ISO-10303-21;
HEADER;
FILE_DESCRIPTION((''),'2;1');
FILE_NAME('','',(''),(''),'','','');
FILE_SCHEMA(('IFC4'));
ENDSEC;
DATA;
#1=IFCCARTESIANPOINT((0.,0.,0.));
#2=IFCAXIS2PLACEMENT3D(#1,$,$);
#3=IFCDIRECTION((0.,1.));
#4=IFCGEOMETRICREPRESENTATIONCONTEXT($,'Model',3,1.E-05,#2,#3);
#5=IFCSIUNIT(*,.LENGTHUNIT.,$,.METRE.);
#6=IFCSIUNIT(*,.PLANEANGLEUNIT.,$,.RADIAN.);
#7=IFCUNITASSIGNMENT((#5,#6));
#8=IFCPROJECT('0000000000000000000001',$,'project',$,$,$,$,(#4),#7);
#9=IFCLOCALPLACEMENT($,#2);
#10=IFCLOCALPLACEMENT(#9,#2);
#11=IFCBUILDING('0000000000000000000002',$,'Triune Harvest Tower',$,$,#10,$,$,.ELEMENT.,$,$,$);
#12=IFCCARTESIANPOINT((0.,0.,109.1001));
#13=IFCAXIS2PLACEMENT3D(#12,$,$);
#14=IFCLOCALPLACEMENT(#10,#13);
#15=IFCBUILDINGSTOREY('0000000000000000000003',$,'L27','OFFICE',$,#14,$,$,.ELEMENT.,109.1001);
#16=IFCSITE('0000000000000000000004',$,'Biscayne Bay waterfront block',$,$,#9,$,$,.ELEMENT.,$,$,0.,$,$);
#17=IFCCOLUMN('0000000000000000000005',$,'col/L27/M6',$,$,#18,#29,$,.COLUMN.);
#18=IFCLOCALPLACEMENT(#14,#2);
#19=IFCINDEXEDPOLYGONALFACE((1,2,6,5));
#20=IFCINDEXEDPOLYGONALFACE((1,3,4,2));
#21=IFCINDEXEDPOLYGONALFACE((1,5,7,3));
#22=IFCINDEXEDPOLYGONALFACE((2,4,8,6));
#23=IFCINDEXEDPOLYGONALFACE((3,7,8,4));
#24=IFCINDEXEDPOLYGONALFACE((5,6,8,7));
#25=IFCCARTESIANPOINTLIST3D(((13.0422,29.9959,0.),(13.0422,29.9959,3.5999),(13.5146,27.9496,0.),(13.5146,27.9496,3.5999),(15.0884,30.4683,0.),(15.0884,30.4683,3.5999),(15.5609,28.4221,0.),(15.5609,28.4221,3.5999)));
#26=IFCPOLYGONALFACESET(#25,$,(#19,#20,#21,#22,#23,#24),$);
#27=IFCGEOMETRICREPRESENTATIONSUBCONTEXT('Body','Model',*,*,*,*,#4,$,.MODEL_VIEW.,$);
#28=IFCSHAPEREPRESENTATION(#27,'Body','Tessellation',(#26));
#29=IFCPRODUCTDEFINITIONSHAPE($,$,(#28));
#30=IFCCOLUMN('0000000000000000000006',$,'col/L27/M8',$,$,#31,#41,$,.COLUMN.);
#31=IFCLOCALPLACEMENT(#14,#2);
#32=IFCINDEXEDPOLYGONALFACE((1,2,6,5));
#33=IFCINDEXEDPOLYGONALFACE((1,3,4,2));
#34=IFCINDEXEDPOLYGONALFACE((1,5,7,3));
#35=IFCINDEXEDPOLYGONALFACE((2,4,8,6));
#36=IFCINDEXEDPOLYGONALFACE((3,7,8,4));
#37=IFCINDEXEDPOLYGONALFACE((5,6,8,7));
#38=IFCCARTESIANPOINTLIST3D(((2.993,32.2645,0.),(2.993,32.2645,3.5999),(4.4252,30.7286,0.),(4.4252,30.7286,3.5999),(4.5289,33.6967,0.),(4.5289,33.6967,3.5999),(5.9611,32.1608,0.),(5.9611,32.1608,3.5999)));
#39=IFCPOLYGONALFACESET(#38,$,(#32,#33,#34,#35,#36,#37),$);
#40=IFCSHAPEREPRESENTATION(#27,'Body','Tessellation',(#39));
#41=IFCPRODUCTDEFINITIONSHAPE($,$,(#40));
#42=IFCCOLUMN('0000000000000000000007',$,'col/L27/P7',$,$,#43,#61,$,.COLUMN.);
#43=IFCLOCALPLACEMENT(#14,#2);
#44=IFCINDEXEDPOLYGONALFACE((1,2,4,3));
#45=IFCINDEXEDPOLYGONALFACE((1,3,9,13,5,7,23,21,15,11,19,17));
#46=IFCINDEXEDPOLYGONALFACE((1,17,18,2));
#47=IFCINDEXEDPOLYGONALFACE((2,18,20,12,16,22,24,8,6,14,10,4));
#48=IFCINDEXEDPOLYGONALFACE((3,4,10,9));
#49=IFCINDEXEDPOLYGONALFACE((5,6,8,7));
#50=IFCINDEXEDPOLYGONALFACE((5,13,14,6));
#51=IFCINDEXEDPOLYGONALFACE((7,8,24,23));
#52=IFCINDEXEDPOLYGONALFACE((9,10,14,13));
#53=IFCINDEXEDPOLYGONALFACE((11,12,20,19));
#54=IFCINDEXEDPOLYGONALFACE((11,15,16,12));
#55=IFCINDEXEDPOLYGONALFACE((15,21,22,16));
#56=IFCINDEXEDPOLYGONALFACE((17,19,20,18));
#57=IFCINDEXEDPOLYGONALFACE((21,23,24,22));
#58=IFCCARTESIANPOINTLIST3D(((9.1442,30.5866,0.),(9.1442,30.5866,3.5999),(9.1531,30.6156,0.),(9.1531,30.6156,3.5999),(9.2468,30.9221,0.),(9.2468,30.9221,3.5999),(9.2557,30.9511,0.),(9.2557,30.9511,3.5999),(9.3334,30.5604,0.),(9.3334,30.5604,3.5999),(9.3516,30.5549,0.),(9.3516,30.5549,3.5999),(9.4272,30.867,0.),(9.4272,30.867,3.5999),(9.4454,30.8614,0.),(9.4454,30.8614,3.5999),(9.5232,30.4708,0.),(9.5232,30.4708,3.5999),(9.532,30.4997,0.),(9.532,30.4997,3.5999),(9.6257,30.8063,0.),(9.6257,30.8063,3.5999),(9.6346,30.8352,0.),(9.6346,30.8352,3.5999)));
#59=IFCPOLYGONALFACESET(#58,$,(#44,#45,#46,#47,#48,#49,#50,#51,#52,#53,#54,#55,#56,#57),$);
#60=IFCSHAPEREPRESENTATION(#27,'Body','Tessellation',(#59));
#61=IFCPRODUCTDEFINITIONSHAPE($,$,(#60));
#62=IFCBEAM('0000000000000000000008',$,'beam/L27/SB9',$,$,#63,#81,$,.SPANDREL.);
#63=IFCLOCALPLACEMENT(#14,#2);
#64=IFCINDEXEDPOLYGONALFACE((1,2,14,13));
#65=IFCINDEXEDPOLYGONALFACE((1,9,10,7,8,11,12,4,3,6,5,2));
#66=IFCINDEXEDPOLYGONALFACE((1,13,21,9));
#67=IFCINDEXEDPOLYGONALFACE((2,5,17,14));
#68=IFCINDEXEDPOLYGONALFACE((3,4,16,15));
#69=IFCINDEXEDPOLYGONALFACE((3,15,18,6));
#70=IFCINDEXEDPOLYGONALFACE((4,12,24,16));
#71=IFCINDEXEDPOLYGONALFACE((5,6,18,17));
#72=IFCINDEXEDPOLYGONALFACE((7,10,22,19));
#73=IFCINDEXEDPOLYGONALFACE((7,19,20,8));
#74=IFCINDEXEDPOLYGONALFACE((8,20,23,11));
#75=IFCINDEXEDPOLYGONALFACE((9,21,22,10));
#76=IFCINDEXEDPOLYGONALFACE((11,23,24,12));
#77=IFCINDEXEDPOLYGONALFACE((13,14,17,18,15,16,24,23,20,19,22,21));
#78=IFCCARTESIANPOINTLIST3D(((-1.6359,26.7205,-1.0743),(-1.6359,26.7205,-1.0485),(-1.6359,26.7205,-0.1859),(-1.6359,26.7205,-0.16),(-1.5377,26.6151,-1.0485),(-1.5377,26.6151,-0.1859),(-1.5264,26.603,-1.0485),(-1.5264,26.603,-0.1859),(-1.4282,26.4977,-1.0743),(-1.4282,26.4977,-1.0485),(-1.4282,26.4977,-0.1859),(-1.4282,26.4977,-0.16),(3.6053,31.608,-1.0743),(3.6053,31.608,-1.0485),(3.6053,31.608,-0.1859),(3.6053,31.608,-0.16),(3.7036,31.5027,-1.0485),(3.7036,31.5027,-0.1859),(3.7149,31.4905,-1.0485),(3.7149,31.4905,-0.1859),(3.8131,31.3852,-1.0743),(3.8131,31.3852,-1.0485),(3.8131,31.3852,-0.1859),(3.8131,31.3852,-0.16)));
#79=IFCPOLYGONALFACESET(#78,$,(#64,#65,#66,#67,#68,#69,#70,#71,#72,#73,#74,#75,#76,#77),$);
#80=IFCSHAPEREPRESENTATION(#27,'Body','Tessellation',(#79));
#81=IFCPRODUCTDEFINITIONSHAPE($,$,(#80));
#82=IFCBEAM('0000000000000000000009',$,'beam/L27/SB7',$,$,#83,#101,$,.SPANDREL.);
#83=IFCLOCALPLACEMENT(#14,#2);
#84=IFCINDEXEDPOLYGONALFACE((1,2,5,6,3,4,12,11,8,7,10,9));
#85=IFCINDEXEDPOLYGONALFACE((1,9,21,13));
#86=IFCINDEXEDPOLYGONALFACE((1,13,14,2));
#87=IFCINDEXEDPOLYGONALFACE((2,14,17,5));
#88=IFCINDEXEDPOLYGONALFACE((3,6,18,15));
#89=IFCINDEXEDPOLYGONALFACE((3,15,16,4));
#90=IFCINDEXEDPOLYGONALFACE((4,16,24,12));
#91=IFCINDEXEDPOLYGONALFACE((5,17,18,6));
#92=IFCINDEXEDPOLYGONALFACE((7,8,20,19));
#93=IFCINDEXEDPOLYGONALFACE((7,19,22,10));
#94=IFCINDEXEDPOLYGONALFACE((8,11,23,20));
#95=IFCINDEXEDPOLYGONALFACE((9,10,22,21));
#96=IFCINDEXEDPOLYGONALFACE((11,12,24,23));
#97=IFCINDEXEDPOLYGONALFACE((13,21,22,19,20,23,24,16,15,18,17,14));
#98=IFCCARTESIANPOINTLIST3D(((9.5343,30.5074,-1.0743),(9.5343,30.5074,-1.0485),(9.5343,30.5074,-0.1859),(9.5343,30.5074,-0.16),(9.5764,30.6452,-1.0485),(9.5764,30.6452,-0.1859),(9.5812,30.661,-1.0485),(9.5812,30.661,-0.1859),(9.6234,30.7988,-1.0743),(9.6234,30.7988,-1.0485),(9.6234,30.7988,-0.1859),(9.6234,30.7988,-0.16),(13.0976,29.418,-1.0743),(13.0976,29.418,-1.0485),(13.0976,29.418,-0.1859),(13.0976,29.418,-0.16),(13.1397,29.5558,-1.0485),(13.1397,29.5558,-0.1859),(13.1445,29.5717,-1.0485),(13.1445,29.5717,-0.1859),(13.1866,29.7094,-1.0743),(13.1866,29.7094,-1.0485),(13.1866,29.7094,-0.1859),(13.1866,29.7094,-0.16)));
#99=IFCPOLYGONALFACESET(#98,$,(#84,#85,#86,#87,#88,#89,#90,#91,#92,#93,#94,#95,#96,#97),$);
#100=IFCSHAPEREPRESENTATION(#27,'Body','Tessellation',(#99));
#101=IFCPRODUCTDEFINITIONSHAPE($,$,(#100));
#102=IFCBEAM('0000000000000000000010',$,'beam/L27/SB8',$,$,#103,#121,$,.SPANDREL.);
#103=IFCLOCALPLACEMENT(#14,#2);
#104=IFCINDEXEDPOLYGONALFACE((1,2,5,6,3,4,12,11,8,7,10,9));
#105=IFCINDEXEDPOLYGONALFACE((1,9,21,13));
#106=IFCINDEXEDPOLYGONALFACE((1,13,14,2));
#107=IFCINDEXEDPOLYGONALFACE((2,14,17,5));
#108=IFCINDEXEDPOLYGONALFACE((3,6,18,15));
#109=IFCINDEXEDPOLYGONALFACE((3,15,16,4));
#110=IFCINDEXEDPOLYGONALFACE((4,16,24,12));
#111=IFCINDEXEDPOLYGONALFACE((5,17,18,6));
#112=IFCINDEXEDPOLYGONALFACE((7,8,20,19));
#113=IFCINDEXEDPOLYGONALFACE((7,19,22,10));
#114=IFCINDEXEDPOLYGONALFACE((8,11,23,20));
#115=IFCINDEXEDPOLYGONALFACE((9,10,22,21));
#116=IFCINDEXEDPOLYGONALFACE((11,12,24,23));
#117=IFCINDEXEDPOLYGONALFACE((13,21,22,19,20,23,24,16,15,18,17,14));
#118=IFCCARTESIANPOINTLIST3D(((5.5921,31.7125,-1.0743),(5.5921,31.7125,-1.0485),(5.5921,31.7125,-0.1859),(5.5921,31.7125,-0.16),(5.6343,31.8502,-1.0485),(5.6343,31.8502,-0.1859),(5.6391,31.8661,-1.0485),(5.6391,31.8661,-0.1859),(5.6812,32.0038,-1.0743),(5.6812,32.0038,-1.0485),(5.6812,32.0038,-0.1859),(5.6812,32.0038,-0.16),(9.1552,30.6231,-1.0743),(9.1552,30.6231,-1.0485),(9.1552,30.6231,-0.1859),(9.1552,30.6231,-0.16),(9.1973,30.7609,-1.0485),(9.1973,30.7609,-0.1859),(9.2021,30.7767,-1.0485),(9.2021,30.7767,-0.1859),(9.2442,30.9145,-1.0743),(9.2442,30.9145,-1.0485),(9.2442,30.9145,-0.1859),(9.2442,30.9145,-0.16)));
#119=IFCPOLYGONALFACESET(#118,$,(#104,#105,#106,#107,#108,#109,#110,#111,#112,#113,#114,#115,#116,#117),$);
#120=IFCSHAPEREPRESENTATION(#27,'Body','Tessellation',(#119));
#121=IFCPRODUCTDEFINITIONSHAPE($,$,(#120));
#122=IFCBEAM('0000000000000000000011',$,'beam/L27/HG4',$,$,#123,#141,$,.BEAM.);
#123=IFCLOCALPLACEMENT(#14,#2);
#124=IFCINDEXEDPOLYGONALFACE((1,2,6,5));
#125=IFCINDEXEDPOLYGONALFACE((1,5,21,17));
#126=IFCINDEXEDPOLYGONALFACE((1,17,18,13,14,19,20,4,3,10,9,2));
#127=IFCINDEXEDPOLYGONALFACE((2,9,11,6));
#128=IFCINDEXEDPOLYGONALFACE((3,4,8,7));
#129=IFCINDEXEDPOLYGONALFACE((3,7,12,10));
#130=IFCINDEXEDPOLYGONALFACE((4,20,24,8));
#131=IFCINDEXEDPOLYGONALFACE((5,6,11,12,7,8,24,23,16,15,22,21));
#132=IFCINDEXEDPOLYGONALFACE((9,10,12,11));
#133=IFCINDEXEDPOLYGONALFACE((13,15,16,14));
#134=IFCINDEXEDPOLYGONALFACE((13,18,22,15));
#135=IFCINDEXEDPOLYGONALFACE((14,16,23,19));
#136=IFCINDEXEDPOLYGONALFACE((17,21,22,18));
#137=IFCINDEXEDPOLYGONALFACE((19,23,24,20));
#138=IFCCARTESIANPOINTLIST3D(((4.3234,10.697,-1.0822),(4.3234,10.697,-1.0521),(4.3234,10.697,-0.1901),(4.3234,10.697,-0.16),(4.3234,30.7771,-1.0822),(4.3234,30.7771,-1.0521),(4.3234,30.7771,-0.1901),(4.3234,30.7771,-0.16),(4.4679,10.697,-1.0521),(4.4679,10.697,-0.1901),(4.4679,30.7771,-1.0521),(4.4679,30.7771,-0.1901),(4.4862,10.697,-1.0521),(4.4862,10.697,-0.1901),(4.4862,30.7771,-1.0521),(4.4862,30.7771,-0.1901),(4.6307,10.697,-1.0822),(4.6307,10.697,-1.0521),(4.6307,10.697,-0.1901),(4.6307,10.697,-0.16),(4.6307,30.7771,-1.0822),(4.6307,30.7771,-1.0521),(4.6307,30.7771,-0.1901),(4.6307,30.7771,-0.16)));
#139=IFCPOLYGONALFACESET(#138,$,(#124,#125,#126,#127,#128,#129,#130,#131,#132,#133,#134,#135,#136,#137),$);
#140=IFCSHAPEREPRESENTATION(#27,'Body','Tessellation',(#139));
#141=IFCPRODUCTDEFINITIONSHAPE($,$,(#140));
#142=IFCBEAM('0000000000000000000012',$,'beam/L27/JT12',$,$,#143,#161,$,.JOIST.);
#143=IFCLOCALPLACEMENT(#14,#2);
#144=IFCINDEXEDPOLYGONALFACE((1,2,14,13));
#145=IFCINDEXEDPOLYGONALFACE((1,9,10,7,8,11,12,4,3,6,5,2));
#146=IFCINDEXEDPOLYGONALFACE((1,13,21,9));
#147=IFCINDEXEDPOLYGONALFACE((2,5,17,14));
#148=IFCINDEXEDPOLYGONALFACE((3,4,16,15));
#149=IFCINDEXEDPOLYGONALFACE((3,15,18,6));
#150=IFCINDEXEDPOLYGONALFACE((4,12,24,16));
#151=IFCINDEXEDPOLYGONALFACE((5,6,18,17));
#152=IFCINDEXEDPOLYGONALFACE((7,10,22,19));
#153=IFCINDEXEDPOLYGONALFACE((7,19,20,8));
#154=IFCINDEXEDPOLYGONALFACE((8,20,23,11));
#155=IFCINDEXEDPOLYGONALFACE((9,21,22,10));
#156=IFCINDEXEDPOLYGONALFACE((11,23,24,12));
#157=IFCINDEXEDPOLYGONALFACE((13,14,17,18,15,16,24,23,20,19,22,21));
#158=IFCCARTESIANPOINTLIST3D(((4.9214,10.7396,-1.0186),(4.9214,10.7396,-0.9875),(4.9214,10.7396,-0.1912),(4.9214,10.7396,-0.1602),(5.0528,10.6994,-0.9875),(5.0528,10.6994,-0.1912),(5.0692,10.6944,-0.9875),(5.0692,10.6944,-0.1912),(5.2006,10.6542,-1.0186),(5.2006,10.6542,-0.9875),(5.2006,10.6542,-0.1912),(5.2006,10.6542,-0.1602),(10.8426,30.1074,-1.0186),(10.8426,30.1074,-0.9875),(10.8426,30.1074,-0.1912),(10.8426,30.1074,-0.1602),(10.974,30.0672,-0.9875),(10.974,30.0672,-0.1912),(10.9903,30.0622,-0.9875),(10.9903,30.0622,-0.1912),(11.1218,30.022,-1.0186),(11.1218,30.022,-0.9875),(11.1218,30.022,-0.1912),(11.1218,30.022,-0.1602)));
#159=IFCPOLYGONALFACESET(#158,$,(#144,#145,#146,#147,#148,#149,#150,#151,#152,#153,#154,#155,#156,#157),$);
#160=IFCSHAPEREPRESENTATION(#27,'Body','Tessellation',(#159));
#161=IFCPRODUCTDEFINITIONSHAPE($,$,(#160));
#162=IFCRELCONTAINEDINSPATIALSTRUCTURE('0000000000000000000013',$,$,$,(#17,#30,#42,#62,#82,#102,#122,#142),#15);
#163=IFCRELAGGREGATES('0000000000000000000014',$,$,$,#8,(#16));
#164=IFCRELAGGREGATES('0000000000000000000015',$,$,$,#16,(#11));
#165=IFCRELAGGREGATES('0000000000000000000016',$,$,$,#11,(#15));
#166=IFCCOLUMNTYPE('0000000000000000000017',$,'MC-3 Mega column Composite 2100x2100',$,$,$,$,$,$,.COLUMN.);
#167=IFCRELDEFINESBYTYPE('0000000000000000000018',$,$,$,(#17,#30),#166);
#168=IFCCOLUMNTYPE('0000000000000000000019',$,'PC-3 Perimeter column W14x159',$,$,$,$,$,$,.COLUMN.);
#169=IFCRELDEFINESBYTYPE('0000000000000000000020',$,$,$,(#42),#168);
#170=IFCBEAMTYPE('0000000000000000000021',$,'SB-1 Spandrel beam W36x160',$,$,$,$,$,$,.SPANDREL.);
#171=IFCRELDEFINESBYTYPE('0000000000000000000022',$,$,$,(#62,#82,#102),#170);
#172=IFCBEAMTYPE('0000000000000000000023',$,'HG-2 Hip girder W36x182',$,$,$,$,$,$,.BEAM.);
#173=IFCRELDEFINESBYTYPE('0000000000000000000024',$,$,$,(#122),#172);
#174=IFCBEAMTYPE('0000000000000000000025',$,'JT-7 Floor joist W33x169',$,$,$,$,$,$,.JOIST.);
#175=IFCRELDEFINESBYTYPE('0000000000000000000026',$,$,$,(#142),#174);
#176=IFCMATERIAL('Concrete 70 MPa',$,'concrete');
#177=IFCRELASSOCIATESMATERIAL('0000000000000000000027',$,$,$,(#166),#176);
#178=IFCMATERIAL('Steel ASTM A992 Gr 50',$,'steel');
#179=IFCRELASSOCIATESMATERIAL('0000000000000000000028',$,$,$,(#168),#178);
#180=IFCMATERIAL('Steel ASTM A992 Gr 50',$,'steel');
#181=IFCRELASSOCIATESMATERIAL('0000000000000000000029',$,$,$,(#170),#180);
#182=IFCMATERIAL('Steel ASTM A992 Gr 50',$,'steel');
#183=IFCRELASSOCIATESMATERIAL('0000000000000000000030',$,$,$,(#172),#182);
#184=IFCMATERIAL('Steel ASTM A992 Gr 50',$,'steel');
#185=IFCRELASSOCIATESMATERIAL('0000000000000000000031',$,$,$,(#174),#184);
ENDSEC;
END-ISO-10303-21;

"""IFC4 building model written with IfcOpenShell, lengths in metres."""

from ifc_helpers import new_model, si_unit, direction, frame, origin, origin_2d, place, context, subcontext, project, spatial, rectangle, i_section, extrude, source, transform, mapped, material, material_profile, profile_set, type_object, element, save


model = new_model("IFC4")

# Units and contexts
model_context = context("Model", 3, precision=1e-05, world=origin(), true_north=direction((0.0, 1.0)))
body_context = subcontext(model_context, "Body", "Model", "MODEL_VIEW")
ifc_project = project(units=[si_unit("LENGTHUNIT", "METRE"), si_unit("PLANEANGLEUNIT", "RADIAN")], contexts=[model_context])

# Site, building, storey
site_placement = place(None, origin())
site = spatial("IfcSite", under=ifc_project, at=site_placement, Name="Biscayne Bay waterfront block", CompositionType="ELEMENT", RefElevation=0.0)
building_placement = place(site_placement, origin())
building = spatial("IfcBuilding", under=site, at=building_placement, Name="Triune Harvest Tower", CompositionType="ELEMENT")
storey_placement = place(building_placement, frame((0.0, 0.0, 109.1001)))
storey = spatial("IfcBuildingStorey", under=building, at=storey_placement, Name="L27", Description="OFFICE", CompositionType="ELEMENT", Elevation=109.1001)

# Columns
ifc_material_1 = material(Name="Concrete 70 MPa", Category="concrete")
ifc_material_profile_1 = material_profile(ifc_material_1, rectangle(XDim=2.1001, YDim=2.1001, at=origin_2d()), Name="Composite 2100x2100")
ifc_profile_set_1 = profile_set([ifc_material_profile_1], Name="Concrete 70 MPa")
column_type_1 = type_object("IfcColumnType", Name="MC-3 Mega column Composite 2100x2100", PredefinedType="COLUMN", material=ifc_profile_set_1)
shared_shape_1 = source(origin(), body_context, "Body", "SweptSolid", [
    extrude(rectangle(XDim=2.1001, YDim=2.1001, at=origin_2d()), origin(), (0.0, 0.0, 1.0), 3.5999),
])
for number, where, z_axis, x_axis, name in (
    (1, (14.3015, 29.209, 0.0), (0.0, 0.0, 1.0), (-0.224953, 0.97437, 0.0), "col/L27/M6"),
    (2, (4.4771, 32.2126, 0.0), (0.0, 0.0, 1.0), (-0.731355, -0.681997, 0.0), "col/L27/M8"),
):
    element("IfcColumn", number, at=place(storey_placement, frame(where, z_axis=z_axis, x_axis=x_axis)), inside=storey, type_object=column_type_1, Name=name, PredefinedType="COLUMN", context=body_context, shape_type="MappedRepresentation", body=[
        mapped(shared_shape_1, transform((0.0, 0.0, 0.0), scale=1.0)),
    ])
ifc_material_2 = material(Name="Steel ASTM A992 Gr 50", Category="steel")
ifc_material_profile_2 = material_profile(ifc_material_2, i_section(OverallWidth=0.3962, OverallDepth=0.3811, WebThickness=0.019, FlangeThickness=0.0303, at=origin_2d()), Name="W14x159")
ifc_profile_set_2 = profile_set([ifc_material_profile_2], Name="Steel ASTM A992 Gr 50")
column_type_2 = type_object("IfcColumnType", Name="PC-3 Perimeter column W14x159", PredefinedType="COLUMN", material=ifc_profile_set_2)
shared_shape_2 = source(origin(), body_context, "Body", "SweptSolid", [
    extrude(i_section(OverallWidth=0.3962, OverallDepth=0.3811, WebThickness=0.019, FlangeThickness=0.0303, at=origin_2d()), origin(), (0.0, 0.0, 1.0), 3.5999),
])
column_placement = place(storey_placement, frame((9.3894, 30.7109, 0.0), z_axis=(0.0, 0.0, 1.0), x_axis=(-0.956305, 0.292372, 0.0)))
element("IfcColumn", 3, at=column_placement, inside=storey, type_object=column_type_2, Name="col/L27/P7", PredefinedType="COLUMN", context=body_context, shape_type="MappedRepresentation", body=[
    mapped(shared_shape_2, transform((0.0, 0.0, 0.0), scale=1.0)),
])

# Beams
ifc_material_3 = material(Name="Steel ASTM A992 Gr 50", Category="steel")
ifc_material_profile_3 = material_profile(ifc_material_3, i_section(OverallWidth=0.3047, OverallDepth=0.9143, WebThickness=0.0166, FlangeThickness=0.0259, at=origin_2d()), Name="W36x160")
ifc_profile_set_3 = profile_set([ifc_material_profile_3], Name="Steel ASTM A992 Gr 50")
beam_type_1 = type_object("IfcBeamType", Name="SB-1 Spandrel beam W36x160", PredefinedType="SPANDREL", material=ifc_profile_set_3)
shared_shape_3 = source(origin(), body_context, "Body", "SweptSolid", [
    extrude(i_section(OverallWidth=0.3047, OverallDepth=0.9143, WebThickness=0.0166, FlangeThickness=0.0259, at=origin_2d()), origin(), (0.0, 0.0, 1.0), 7.1665),
])
beam_1_placement = place(storey_placement, frame((3.7092, 31.4966, -0.6172), z_axis=(-0.731358, -0.681994, 0.0), x_axis=(0.681994, -0.731358, 0.0)))
element("IfcBeam", 4, at=beam_1_placement, inside=storey, type_object=beam_type_1, Name="beam/L27/SB9", PredefinedType="SPANDREL", context=body_context, shape_type="MappedRepresentation", body=[
    mapped(shared_shape_3, transform((0.0, 0.0, 0.0), scale=1.0)),
])
shared_shape_4 = source(origin(), body_context, "Body", "SweptSolid", [
    extrude(i_section(OverallWidth=0.3047, OverallDepth=0.9143, WebThickness=0.0166, FlangeThickness=0.0259, at=origin_2d()), origin(), (0.0, 0.0, 1.0), 3.7261),
])
beam_2_placement = place(storey_placement, frame((13.1421, 29.5637, -0.6172), z_axis=(-0.956307, 0.292363, 0.0), x_axis=(-0.292363, -0.956307, 0.0)))
element("IfcBeam", 5, at=beam_2_placement, inside=storey, type_object=beam_type_1, Name="beam/L27/SB7", PredefinedType="SPANDREL", context=body_context, shape_type="MappedRepresentation", body=[
    mapped(shared_shape_4, transform((0.0, 0.0, 0.0), scale=1.0)),
])
shared_shape_5 = source(origin(), body_context, "Body", "SweptSolid", [
    extrude(i_section(OverallWidth=0.3047, OverallDepth=0.9143, WebThickness=0.0166, FlangeThickness=0.0259, at=origin_2d()), origin(), (0.0, 0.0, 1.0), 3.7258),
])
beam_3_placement = place(storey_placement, frame((9.1997, 30.7688, -0.6172), z_axis=(-0.956302, 0.292382, 0.0), x_axis=(-0.292382, -0.956302, 0.0)))
element("IfcBeam", 6, at=beam_3_placement, inside=storey, type_object=beam_type_1, Name="beam/L27/SB8", PredefinedType="SPANDREL", context=body_context, shape_type="MappedRepresentation", body=[
    mapped(shared_shape_5, transform((0.0, 0.0, 0.0), scale=1.0)),
])
ifc_material_4 = material(Name="Steel ASTM A992 Gr 50", Category="steel")
ifc_material_profile_4 = material_profile(ifc_material_4, i_section(OverallWidth=0.3074, OverallDepth=0.9221, WebThickness=0.0183, FlangeThickness=0.03, at=origin_2d()), Name="W36x182")
ifc_profile_set_4 = profile_set([ifc_material_profile_4], Name="Steel ASTM A992 Gr 50")
beam_type_2 = type_object("IfcBeamType", Name="HG-2 Hip girder W36x182", PredefinedType="BEAM", material=ifc_profile_set_4)
shared_shape_6 = source(origin(), body_context, "Body", "SweptSolid", [
    extrude(i_section(OverallWidth=0.3074, OverallDepth=0.9221, WebThickness=0.0183, FlangeThickness=0.03, at=origin_2d()), origin(), (0.0, 0.0, 1.0), 20.0801),
])
beam_4_placement = place(storey_placement, frame((4.4771, 30.7771, -0.6211), z_axis=(0.0, -1.0, 0.0), x_axis=(1.0, 0.0, 0.0)))
element("IfcBeam", 7, at=beam_4_placement, inside=storey, type_object=beam_type_2, Name="beam/L27/HG4", PredefinedType="BEAM", context=body_context, shape_type="MappedRepresentation", body=[
    mapped(shared_shape_6, transform((0.0, 0.0, 0.0), scale=1.0)),
])
ifc_material_5 = material(Name="Steel ASTM A992 Gr 50", Category="steel")
ifc_material_profile_5 = material_profile(ifc_material_5, i_section(OverallWidth=0.292, OverallDepth=0.8584, WebThickness=0.0171, FlangeThickness=0.031, at=origin_2d()), Name="W33x169")
ifc_profile_set_5 = profile_set([ifc_material_profile_5], Name="Steel ASTM A992 Gr 50")
beam_type_3 = type_object("IfcBeamType", Name="JT-7 Floor joist W33x169", PredefinedType="JOIST", material=ifc_profile_set_5)
shared_shape_7 = source(origin(), body_context, "Body", "SweptSolid", [
    extrude(i_section(OverallWidth=0.292, OverallDepth=0.8584, WebThickness=0.0171, FlangeThickness=0.031, at=origin_2d()), origin(), (0.0, 0.0, 1.0), 20.2527),
])
beam_5_placement = place(storey_placement, frame((10.9822, 30.0647, -0.5894), z_axis=(-0.292365, -0.956307, 0.0), x_axis=(0.956307, -0.292365, 0.0)))
element("IfcBeam", 8, at=beam_5_placement, inside=storey, type_object=beam_type_3, Name="beam/L27/JT12", PredefinedType="JOIST", context=body_context, shape_type="MappedRepresentation", body=[
    mapped(shared_shape_7, transform((0.0, 0.0, 0.0), scale=1.0)),
])

save(model, "model.ifc")
